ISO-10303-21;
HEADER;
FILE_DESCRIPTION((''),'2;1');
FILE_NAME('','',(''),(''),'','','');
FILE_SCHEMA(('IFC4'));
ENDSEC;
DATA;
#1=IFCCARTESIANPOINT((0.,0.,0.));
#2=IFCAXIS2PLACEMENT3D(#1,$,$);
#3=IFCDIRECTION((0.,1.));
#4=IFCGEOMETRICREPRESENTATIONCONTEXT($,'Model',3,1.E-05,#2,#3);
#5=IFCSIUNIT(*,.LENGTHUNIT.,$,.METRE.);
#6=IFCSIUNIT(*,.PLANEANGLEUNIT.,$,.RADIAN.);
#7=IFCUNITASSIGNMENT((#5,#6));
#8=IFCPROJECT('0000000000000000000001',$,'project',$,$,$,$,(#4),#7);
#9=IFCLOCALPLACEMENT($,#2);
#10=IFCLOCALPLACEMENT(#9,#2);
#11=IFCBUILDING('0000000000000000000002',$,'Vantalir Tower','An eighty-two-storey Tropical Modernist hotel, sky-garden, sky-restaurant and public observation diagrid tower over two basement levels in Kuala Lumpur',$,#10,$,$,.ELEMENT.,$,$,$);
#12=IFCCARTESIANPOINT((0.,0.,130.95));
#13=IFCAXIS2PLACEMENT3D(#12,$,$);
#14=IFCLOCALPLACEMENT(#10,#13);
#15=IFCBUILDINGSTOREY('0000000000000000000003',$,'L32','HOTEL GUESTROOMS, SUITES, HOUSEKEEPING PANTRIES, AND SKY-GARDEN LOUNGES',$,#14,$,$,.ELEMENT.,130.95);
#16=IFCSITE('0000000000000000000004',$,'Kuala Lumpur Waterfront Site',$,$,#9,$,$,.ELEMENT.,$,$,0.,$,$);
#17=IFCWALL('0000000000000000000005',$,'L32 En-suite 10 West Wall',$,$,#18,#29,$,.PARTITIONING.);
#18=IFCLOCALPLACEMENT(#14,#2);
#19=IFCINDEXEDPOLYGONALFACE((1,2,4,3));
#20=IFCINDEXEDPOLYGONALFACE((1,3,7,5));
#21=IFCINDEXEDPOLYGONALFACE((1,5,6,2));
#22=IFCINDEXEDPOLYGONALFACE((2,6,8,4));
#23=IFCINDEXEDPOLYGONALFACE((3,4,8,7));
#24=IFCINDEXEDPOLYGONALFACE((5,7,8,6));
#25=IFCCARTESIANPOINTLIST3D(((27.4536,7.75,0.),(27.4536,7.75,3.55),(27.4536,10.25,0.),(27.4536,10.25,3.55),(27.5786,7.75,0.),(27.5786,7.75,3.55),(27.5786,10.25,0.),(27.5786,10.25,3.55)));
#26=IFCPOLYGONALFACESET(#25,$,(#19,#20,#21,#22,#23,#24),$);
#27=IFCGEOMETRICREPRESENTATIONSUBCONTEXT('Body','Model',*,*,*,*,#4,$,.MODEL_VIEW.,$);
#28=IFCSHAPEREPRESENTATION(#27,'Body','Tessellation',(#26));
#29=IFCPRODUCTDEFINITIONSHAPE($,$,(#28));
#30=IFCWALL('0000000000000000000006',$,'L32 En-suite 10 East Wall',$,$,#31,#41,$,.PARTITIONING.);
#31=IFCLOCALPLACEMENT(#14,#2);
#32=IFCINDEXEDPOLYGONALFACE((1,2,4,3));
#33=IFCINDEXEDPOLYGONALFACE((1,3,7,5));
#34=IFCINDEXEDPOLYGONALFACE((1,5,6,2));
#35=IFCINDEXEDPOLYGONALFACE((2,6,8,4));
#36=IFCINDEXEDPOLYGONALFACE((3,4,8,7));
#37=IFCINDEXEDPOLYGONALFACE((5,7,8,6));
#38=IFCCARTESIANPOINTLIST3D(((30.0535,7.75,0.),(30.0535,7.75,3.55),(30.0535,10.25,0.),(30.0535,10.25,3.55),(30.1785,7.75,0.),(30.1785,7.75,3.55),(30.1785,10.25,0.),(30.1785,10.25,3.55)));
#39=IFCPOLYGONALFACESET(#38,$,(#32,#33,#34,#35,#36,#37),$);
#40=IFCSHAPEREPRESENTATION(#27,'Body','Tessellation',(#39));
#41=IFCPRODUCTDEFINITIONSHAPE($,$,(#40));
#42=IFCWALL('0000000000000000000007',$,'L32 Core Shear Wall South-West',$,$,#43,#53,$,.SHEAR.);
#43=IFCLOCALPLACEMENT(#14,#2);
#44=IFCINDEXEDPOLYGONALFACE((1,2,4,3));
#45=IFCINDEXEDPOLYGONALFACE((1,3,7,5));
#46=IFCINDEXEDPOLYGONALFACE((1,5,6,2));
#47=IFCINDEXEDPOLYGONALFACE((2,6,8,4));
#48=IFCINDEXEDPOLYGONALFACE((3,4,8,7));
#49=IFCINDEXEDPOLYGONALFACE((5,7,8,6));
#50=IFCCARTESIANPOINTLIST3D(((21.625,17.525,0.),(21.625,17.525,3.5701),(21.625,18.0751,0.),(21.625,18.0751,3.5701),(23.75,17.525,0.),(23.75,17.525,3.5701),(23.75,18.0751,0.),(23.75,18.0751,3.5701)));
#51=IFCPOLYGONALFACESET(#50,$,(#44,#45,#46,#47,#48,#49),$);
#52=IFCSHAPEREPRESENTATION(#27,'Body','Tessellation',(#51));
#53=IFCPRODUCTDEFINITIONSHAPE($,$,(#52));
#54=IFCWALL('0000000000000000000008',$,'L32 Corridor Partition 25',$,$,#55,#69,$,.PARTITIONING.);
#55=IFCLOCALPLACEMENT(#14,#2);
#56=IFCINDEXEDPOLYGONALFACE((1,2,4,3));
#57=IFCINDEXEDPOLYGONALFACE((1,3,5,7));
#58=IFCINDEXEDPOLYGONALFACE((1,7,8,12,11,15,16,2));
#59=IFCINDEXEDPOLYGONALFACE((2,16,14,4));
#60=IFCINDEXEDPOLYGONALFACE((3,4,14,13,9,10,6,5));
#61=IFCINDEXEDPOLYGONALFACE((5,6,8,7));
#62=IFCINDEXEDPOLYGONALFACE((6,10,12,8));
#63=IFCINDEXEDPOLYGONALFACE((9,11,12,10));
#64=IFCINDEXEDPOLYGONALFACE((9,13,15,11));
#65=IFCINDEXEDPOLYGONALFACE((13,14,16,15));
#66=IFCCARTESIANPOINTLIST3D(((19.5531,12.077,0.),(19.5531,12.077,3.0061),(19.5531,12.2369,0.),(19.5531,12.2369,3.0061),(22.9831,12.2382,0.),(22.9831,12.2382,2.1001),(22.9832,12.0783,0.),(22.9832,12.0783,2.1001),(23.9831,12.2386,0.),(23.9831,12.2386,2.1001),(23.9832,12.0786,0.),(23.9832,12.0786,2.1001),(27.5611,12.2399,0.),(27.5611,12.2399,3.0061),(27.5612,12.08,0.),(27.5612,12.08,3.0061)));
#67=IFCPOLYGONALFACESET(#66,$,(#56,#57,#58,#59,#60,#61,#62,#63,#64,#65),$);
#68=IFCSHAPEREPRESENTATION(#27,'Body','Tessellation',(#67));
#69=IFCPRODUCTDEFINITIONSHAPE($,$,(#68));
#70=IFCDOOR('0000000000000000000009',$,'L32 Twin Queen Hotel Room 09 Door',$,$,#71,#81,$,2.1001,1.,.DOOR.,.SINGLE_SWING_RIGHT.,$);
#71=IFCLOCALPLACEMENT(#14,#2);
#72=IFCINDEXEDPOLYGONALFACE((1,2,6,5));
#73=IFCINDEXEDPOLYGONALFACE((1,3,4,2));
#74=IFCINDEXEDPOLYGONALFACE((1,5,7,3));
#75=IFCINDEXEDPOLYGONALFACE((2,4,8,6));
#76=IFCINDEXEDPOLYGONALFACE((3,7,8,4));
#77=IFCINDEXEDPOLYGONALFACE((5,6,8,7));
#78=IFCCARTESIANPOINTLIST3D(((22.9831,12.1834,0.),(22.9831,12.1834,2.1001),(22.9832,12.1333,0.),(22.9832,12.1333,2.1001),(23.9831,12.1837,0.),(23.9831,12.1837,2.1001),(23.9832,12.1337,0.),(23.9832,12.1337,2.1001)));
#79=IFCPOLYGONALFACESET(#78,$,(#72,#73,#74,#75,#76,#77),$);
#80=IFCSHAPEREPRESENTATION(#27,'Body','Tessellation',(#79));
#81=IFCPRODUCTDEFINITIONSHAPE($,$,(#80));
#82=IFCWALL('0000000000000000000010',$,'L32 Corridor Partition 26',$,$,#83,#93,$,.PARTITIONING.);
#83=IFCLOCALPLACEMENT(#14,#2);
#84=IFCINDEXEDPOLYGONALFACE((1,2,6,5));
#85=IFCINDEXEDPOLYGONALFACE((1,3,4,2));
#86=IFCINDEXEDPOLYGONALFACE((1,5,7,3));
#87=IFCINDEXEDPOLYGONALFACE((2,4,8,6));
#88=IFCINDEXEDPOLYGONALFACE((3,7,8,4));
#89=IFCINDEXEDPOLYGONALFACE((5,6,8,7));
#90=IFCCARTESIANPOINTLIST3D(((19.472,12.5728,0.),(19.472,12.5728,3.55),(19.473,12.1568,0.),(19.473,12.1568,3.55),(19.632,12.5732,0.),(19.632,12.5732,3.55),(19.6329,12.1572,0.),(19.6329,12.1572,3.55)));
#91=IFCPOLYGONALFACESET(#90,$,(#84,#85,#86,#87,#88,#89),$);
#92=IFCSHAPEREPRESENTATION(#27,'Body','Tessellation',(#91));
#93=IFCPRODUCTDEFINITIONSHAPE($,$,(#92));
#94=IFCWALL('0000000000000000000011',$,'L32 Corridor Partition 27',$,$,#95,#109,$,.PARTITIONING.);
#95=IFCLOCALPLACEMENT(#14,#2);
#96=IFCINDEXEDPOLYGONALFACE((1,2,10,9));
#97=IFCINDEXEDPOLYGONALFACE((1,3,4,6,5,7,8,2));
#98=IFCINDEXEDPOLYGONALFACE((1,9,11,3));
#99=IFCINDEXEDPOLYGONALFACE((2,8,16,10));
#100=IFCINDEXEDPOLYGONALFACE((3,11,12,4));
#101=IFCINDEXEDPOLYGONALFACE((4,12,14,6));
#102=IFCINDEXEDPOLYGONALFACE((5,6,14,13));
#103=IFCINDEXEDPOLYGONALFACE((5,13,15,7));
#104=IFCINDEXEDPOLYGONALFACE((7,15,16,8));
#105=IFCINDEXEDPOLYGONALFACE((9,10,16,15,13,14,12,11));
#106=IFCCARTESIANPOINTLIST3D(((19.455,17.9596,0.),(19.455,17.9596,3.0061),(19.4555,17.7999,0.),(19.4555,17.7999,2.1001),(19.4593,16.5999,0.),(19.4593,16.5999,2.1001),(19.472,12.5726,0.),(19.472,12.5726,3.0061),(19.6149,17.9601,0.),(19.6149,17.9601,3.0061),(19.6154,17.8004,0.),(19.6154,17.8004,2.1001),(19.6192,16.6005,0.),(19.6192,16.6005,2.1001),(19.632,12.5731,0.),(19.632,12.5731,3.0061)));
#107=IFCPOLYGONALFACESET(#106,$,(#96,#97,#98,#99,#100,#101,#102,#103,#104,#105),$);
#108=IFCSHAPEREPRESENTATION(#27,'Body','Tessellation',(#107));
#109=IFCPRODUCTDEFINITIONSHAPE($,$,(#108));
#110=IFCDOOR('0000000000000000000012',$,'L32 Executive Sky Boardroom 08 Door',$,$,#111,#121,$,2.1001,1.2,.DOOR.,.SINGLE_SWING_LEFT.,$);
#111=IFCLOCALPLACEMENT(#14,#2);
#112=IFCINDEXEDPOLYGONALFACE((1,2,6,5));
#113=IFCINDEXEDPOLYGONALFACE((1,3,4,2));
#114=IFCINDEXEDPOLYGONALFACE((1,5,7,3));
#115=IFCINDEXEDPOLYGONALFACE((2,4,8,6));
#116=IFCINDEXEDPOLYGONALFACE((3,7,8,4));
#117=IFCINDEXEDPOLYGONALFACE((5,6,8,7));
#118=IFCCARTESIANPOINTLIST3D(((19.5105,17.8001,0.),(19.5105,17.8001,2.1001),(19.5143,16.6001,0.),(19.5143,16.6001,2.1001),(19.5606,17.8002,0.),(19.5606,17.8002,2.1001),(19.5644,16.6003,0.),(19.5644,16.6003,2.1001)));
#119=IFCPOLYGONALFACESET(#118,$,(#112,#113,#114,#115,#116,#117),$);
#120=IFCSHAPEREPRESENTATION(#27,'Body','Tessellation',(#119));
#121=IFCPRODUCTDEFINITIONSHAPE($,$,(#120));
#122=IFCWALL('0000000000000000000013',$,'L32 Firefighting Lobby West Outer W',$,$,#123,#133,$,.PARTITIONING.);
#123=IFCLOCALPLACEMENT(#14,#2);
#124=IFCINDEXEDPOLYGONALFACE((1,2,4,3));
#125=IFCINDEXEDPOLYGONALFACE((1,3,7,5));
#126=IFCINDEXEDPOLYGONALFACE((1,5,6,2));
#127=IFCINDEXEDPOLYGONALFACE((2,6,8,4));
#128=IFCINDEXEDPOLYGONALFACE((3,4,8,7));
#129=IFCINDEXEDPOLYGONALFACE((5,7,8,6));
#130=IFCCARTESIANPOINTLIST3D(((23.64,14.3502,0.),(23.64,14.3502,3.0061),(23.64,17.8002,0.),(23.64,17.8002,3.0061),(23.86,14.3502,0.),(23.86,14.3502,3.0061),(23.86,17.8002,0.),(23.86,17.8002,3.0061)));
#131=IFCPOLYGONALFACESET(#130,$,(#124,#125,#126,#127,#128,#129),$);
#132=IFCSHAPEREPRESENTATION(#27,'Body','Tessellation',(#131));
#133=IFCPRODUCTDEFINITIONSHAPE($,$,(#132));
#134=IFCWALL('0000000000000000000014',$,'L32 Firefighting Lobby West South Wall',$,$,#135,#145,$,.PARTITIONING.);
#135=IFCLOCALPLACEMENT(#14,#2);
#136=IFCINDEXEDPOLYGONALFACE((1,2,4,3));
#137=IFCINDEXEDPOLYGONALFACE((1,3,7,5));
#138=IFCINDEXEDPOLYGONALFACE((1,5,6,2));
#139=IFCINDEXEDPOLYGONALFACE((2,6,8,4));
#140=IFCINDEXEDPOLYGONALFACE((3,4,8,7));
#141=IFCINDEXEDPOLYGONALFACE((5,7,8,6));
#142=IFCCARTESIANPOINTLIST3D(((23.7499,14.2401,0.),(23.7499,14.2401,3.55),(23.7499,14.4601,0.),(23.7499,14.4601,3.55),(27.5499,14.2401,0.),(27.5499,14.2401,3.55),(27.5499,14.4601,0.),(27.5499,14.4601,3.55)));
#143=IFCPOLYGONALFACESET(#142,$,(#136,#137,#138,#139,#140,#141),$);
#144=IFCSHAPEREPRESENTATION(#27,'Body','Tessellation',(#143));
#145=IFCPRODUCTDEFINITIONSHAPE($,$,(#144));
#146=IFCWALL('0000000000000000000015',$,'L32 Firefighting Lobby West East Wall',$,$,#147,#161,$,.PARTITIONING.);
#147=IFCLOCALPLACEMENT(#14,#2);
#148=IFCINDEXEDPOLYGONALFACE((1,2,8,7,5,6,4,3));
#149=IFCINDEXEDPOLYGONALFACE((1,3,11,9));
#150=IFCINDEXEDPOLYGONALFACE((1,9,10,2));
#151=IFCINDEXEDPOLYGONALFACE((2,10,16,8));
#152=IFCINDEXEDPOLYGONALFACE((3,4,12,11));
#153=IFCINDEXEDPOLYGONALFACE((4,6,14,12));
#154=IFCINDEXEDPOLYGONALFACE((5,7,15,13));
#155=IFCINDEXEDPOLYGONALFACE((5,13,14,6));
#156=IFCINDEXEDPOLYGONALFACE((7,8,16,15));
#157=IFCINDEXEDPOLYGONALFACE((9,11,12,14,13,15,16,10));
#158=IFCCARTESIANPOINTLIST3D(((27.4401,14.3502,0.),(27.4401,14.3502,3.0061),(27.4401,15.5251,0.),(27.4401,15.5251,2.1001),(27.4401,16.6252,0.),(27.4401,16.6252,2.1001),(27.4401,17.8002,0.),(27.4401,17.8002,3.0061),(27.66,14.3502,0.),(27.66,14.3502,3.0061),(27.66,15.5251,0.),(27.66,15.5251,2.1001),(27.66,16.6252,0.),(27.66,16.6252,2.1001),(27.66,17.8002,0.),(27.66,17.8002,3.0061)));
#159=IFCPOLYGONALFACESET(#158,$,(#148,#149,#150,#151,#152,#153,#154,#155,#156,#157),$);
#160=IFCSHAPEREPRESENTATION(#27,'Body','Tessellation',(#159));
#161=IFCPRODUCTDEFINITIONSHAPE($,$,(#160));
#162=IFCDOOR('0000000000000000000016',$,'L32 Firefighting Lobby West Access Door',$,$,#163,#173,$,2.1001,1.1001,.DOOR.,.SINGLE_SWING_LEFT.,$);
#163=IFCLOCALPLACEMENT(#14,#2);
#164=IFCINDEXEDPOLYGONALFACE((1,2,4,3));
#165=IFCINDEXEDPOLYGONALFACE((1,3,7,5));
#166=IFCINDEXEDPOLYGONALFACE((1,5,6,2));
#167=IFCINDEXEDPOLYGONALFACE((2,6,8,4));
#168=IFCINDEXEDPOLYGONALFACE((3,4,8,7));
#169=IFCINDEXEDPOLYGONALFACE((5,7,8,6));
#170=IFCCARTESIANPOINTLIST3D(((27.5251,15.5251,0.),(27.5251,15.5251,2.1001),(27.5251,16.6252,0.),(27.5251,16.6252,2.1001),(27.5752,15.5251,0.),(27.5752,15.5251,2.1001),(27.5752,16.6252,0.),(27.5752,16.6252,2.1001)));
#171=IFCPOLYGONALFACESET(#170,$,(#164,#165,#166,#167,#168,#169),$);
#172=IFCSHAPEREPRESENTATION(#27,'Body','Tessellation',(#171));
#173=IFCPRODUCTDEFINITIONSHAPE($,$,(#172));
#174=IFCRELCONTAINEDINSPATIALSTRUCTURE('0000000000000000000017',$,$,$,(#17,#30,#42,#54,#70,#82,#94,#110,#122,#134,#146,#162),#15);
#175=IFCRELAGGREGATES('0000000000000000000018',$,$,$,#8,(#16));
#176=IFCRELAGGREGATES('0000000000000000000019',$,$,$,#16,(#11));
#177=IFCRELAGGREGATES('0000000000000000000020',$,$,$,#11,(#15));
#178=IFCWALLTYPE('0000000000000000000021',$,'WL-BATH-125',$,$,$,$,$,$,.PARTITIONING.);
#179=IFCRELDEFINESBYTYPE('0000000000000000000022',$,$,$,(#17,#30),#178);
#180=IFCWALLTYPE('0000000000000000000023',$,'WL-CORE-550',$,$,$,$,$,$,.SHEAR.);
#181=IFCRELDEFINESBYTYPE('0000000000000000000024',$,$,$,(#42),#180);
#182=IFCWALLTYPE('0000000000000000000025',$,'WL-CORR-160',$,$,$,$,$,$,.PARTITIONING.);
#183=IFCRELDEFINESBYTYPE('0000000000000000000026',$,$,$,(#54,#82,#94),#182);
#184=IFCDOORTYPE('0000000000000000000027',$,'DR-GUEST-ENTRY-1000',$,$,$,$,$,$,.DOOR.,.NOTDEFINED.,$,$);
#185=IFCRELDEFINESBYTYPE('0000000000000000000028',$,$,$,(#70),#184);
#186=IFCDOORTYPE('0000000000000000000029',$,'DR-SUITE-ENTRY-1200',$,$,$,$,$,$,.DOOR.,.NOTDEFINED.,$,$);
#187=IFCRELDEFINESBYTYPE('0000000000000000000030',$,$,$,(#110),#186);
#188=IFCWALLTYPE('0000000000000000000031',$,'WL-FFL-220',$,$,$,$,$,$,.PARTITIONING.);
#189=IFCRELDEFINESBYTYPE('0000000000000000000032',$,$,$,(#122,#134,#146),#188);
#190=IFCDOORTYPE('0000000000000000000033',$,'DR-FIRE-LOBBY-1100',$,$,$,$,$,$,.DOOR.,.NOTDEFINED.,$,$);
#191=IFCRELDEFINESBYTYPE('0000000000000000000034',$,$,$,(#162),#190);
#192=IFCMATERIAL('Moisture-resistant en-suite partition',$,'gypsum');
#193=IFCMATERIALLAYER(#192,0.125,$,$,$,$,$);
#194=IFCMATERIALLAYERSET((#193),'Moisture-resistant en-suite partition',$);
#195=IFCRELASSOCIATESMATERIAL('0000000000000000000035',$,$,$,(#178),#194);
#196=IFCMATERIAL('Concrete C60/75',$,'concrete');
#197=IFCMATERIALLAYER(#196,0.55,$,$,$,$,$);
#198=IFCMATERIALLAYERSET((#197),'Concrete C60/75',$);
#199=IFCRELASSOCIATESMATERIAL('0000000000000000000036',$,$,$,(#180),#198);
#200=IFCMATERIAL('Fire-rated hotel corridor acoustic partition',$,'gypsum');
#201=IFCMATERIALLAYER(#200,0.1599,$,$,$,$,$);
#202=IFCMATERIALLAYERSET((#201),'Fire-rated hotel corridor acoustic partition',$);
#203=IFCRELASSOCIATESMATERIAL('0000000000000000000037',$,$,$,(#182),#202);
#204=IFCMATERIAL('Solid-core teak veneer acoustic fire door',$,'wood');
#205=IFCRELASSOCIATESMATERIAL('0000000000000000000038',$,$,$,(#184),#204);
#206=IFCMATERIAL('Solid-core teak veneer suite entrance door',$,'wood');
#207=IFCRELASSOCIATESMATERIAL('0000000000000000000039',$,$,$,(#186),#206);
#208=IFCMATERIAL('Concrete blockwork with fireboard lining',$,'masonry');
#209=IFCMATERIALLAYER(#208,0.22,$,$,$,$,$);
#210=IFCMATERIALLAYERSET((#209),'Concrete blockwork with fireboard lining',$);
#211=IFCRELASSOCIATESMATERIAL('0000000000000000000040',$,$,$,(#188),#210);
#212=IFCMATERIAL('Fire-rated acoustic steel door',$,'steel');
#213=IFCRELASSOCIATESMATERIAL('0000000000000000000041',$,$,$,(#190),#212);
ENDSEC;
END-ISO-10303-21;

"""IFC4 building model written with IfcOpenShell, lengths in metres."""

from ifc_helpers import new_model, si_unit, direction, frame, frame_2d, origin, place, context, subcontext, project, spatial, rectangle, extrude, material, layer, layer_set, type_object, element, fill, save


model = new_model("IFC4")

# Units and contexts
model_context = context("Model", 3, precision=1e-05, world=origin(), true_north=direction((0.0, 1.0)))
body_context = subcontext(model_context, "Body", "Model", "MODEL_VIEW")
ifc_project = project(units=[si_unit("LENGTHUNIT", "METRE"), si_unit("PLANEANGLEUNIT", "RADIAN")], contexts=[model_context])

# Site, building, storey
site_placement = place(None, origin())
site = spatial("IfcSite", under=ifc_project, at=site_placement, Name="Kuala Lumpur Waterfront Site", CompositionType="ELEMENT", RefElevation=0.0)
building_placement = place(site_placement, origin())
building = spatial("IfcBuilding", under=site, at=building_placement, Name="Vantalir Tower", Description="An eighty-two-storey Tropical Modernist hotel, sky-garden, sky-restaurant and public observation diagrid tower over two basement levels in Kuala Lumpur", CompositionType="ELEMENT")
storey_placement = place(building_placement, frame((0.0, 0.0, 130.95)))
storey = spatial("IfcBuildingStorey", under=building, at=storey_placement, Name="L32", Description="HOTEL GUESTROOMS, SUITES, HOUSEKEEPING PANTRIES, AND SKY-GARDEN LOUNGES", CompositionType="ELEMENT", Elevation=130.95)

# Shared definitions
ifc_material_1 = material(Name="Concrete C60/75", Category="concrete")

# Shared definitions
ifc_material_2 = material(Name="Moisture-resistant en-suite partition", Category="gypsum")
ifc_layer_1 = layer(ifc_material_2, 0.125)
ifc_layer_set_1 = layer_set([ifc_layer_1], Name="Moisture-resistant en-suite partition")
wall_type_1 = type_object("IfcWallType", Name="WL-BATH-125", PredefinedType="PARTITIONING", material=ifc_layer_set_1)

# Walls
for number, where, z_axis, x_axis, name in (
    (1, (27.5161, 7.75, 0.0), (0.0, 0.0, 1.0), (0.0, 1.0, 0.0), "L32 En-suite 10 West Wall"),
    (2, (30.116, 7.75, 0.0), (0.0, 0.0, 1.0), (0.0, 1.0, 0.0), "L32 En-suite 10 East Wall"),
):
    element("IfcWall", number, at=place(storey_placement, frame(where, z_axis=z_axis, x_axis=x_axis)), inside=storey, type_object=wall_type_1, Name=name, PredefinedType="PARTITIONING", context=body_context, shape_type="SweptSolid", body=[
        extrude(rectangle(XDim=2.5, YDim=0.125, at=frame_2d((1.25, 0.0))), origin(), (0.0, 0.0, 1.0), 3.55),
    ])
ifc_layer_2 = layer(ifc_material_1, 0.55)
ifc_layer_set_2 = layer_set([ifc_layer_2], Name="Concrete C60/75")
wall_type_2 = type_object("IfcWallType", Name="WL-CORE-550", PredefinedType="SHEAR", material=ifc_layer_set_2)
wall_1_placement = place(storey_placement, frame((21.625, 17.8, 0.0), z_axis=(0.0, 0.0, 1.0), x_axis=(1.0, 0.0, 0.0)))
element("IfcWall", 3, at=wall_1_placement, inside=storey, type_object=wall_type_2, Name="L32 Core Shear Wall South-West", PredefinedType="SHEAR", context=body_context, shape_type="SweptSolid", body=[
    extrude(rectangle(XDim=2.125, YDim=0.55, at=frame_2d((1.0625, 0.0))), origin(), (0.0, 0.0, 1.0), 3.5701),
])

# Wall, opening, door
ifc_material_3 = material(Name="Fire-rated hotel corridor acoustic partition", Category="gypsum")
ifc_layer_3 = layer(ifc_material_3, 0.1599)
ifc_layer_set_3 = layer_set([ifc_layer_3], Name="Fire-rated hotel corridor acoustic partition")
wall_type_3 = type_object("IfcWallType", Name="WL-CORR-160", PredefinedType="PARTITIONING", material=ifc_layer_set_3)
wall_2_placement = place(storey_placement, frame((27.561, 12.1599, 0.0), z_axis=(0.0, 0.0, 1.0), x_axis=(-1.0, -0.000366, 0.0)))
wall_2 = element("IfcWall", 4, at=wall_2_placement, inside=storey, type_object=wall_type_3, Name="L32 Corridor Partition 25", PredefinedType="PARTITIONING", context=body_context, shape_type="SweptSolid", body=[
    extrude(rectangle(XDim=8.0081, YDim=0.1599, at=frame_2d((4.0039, 0.0))), origin(), (0.0, 0.0, 1.0), 3.0061),
])
opening_1_placement = place(wall_2_placement, frame((3.5779, 0.0, 0.0)))
opening_1 = element("IfcOpeningElement", 5, at=opening_1_placement, cuts=wall_2, PredefinedType="OPENING", context=body_context, shape_type="SweptSolid", body=[
    extrude(rectangle(XDim=1.0, YDim=2.1001, at=frame_2d((0.5, 1.05))), frame((0.0, 0.0898, 0.0), z_axis=(0.0, -1.0, 0.0), x_axis=(1.0, 0.0, 0.0)), (0.0, 0.0, 1.0), 0.1799),
])
ifc_material_4 = material(Name="Solid-core teak veneer acoustic fire door", Category="wood")
door_type_1 = type_object("IfcDoorType", Name="DR-GUEST-ENTRY-1000", OperationType="NOTDEFINED", PredefinedType="DOOR", material=ifc_material_4)
door_1_placement = place(opening_1_placement, origin())
door_1 = element("IfcDoor", 6, at=door_1_placement, inside=storey, type_object=door_type_1, Name="L32 Twin Queen Hotel Room 09 Door", OperationType="SINGLE_SWING_RIGHT", OverallHeight=2.1001, OverallWidth=1.0, PredefinedType="DOOR", context=body_context, shape_type="SweptSolid", body=[
    extrude(rectangle(XDim=1.0, YDim=2.1001, at=frame_2d((0.5, 1.05))), frame((0.0, 0.0249, 0.0), z_axis=(0.0, -1.0, 0.0), x_axis=(1.0, 0.0, 0.0)), (0.0, 0.0, 1.0), 0.05),
])
fill(opening_1, door_1)

# Wall
wall_3_placement = place(storey_placement, frame((19.553, 12.157, 0.0), z_axis=(0.0, 0.0, 1.0), x_axis=(-0.002347, 0.999997, 0.0)))
element("IfcWall", 7, at=wall_3_placement, inside=storey, type_object=wall_type_3, Name="L32 Corridor Partition 26", PredefinedType="PARTITIONING", context=body_context, shape_type="SweptSolid", body=[
    extrude(rectangle(XDim=0.416, YDim=0.1599, at=frame_2d((0.208, 0.0))), origin(), (0.0, 0.0, 1.0), 3.55),
])

# Wall, opening, door
wall_4_placement = place(storey_placement, frame((19.552, 12.573, 0.0), z_axis=(0.0, 0.0, 1.0), x_axis=(-0.003172, 0.999995, 0.0)))
wall_4 = element("IfcWall", 8, at=wall_4_placement, inside=storey, type_object=wall_type_3, Name="L32 Corridor Partition 27", PredefinedType="PARTITIONING", context=body_context, shape_type="SweptSolid", body=[
    extrude(rectangle(XDim=5.387, YDim=0.1599, at=frame_2d((2.6934, 0.0))), origin(), (0.0, 0.0, 1.0), 3.0061),
])
opening_2_placement = place(wall_4_placement, frame((4.0271, 0.0, 0.0)))
opening_2 = element("IfcOpeningElement", 9, at=opening_2_placement, cuts=wall_4, PredefinedType="OPENING", context=body_context, shape_type="SweptSolid", body=[
    extrude(rectangle(XDim=1.2, YDim=2.1001, at=frame_2d((0.6001, 1.05))), frame((0.0, 0.0898, 0.0), z_axis=(0.0, -1.0, 0.0), x_axis=(1.0, 0.0, 0.0)), (0.0, 0.0, 1.0), 0.1799),
])
ifc_material_5 = material(Name="Solid-core teak veneer suite entrance door", Category="wood")
door_type_2 = type_object("IfcDoorType", Name="DR-SUITE-ENTRY-1200", OperationType="NOTDEFINED", PredefinedType="DOOR", material=ifc_material_5)
door_2_placement = place(opening_2_placement, origin())
door_2 = element("IfcDoor", 10, at=door_2_placement, inside=storey, type_object=door_type_2, Name="L32 Executive Sky Boardroom 08 Door", OperationType="SINGLE_SWING_LEFT", OverallHeight=2.1001, OverallWidth=1.2, PredefinedType="DOOR", context=body_context, shape_type="SweptSolid", body=[
    extrude(rectangle(XDim=1.2, YDim=2.1001, at=frame_2d((0.6001, 1.05))), frame((0.0, 0.0249, 0.0), z_axis=(0.0, -1.0, 0.0), x_axis=(1.0, 0.0, 0.0)), (0.0, 0.0, 1.0), 0.05),
])
fill(opening_2, door_2)

# Walls
ifc_material_6 = material(Name="Concrete blockwork with fireboard lining", Category="masonry")
ifc_layer_4 = layer(ifc_material_6, 0.22)
ifc_layer_set_4 = layer_set([ifc_layer_4], Name="Concrete blockwork with fireboard lining")
wall_type_4 = type_object("IfcWallType", Name="WL-FFL-220", PredefinedType="PARTITIONING", material=ifc_layer_set_4)
wall_5_placement = place(storey_placement, frame((23.75, 14.3501, 0.0), z_axis=(0.0, 0.0, 1.0), x_axis=(0.0, 1.0, 0.0)))
element("IfcWall", 11, at=wall_5_placement, inside=storey, type_object=wall_type_4, Name="L32 Firefighting Lobby West Outer W", PredefinedType="PARTITIONING", context=body_context, shape_type="SweptSolid", body=[
    extrude(rectangle(XDim=3.45, YDim=0.22, at=frame_2d((1.7251, 0.0))), origin(), (0.0, 0.0, 1.0), 3.0061),
])
wall_6_placement = place(storey_placement, frame((23.75, 14.3501, 0.0), z_axis=(0.0, 0.0, 1.0), x_axis=(1.0, 0.0, 0.0)))
element("IfcWall", 12, at=wall_6_placement, inside=storey, type_object=wall_type_4, Name="L32 Firefighting Lobby West South Wall", PredefinedType="PARTITIONING", context=body_context, shape_type="SweptSolid", body=[
    extrude(rectangle(XDim=3.8, YDim=0.22, at=frame_2d((1.8999, 0.0))), origin(), (0.0, 0.0, 1.0), 3.55),
])

# Wall, opening, door
wall_7_placement = place(storey_placement, frame((27.55, 14.3501, 0.0), z_axis=(0.0, 0.0, 1.0), x_axis=(0.0, 1.0, 0.0)))
wall_7 = element("IfcWall", 13, at=wall_7_placement, inside=storey, type_object=wall_type_4, Name="L32 Firefighting Lobby West East Wall", PredefinedType="PARTITIONING", context=body_context, shape_type="SweptSolid", body=[
    extrude(rectangle(XDim=3.45, YDim=0.22, at=frame_2d((1.7251, 0.0))), origin(), (0.0, 0.0, 1.0), 3.0061),
])
opening_3_placement = place(wall_7_placement, frame((1.175, 0.0, 0.0)))
opening_3 = element("IfcOpeningElement", 14, at=opening_3_placement, cuts=wall_7, PredefinedType="OPENING", context=body_context, shape_type="SweptSolid", body=[
    extrude(rectangle(XDim=1.1001, YDim=2.1001, at=frame_2d((0.55, 1.05))), frame((0.0, 0.1199, 0.0), z_axis=(0.0, -1.0, 0.0), x_axis=(1.0, 0.0, 0.0)), (0.0, 0.0, 1.0), 0.24),
])
ifc_material_7 = material(Name="Fire-rated acoustic steel door", Category="steel")
door_type_3 = type_object("IfcDoorType", Name="DR-FIRE-LOBBY-1100", OperationType="NOTDEFINED", PredefinedType="DOOR", material=ifc_material_7)
door_3_placement = place(opening_3_placement, origin())
door_3 = element("IfcDoor", 15, at=door_3_placement, inside=storey, type_object=door_type_3, Name="L32 Firefighting Lobby West Access Door", OperationType="SINGLE_SWING_LEFT", OverallHeight=2.1001, OverallWidth=1.1001, PredefinedType="DOOR", context=body_context, shape_type="SweptSolid", body=[
    extrude(rectangle(XDim=1.1001, YDim=2.1001, at=frame_2d((0.55, 1.05))), frame((0.0, 0.0249, 0.0), z_axis=(0.0, -1.0, 0.0), x_axis=(1.0, 0.0, 0.0)), (0.0, 0.0, 1.0), 0.05),
])
fill(opening_3, door_3)

save(model, "model.ifc")
